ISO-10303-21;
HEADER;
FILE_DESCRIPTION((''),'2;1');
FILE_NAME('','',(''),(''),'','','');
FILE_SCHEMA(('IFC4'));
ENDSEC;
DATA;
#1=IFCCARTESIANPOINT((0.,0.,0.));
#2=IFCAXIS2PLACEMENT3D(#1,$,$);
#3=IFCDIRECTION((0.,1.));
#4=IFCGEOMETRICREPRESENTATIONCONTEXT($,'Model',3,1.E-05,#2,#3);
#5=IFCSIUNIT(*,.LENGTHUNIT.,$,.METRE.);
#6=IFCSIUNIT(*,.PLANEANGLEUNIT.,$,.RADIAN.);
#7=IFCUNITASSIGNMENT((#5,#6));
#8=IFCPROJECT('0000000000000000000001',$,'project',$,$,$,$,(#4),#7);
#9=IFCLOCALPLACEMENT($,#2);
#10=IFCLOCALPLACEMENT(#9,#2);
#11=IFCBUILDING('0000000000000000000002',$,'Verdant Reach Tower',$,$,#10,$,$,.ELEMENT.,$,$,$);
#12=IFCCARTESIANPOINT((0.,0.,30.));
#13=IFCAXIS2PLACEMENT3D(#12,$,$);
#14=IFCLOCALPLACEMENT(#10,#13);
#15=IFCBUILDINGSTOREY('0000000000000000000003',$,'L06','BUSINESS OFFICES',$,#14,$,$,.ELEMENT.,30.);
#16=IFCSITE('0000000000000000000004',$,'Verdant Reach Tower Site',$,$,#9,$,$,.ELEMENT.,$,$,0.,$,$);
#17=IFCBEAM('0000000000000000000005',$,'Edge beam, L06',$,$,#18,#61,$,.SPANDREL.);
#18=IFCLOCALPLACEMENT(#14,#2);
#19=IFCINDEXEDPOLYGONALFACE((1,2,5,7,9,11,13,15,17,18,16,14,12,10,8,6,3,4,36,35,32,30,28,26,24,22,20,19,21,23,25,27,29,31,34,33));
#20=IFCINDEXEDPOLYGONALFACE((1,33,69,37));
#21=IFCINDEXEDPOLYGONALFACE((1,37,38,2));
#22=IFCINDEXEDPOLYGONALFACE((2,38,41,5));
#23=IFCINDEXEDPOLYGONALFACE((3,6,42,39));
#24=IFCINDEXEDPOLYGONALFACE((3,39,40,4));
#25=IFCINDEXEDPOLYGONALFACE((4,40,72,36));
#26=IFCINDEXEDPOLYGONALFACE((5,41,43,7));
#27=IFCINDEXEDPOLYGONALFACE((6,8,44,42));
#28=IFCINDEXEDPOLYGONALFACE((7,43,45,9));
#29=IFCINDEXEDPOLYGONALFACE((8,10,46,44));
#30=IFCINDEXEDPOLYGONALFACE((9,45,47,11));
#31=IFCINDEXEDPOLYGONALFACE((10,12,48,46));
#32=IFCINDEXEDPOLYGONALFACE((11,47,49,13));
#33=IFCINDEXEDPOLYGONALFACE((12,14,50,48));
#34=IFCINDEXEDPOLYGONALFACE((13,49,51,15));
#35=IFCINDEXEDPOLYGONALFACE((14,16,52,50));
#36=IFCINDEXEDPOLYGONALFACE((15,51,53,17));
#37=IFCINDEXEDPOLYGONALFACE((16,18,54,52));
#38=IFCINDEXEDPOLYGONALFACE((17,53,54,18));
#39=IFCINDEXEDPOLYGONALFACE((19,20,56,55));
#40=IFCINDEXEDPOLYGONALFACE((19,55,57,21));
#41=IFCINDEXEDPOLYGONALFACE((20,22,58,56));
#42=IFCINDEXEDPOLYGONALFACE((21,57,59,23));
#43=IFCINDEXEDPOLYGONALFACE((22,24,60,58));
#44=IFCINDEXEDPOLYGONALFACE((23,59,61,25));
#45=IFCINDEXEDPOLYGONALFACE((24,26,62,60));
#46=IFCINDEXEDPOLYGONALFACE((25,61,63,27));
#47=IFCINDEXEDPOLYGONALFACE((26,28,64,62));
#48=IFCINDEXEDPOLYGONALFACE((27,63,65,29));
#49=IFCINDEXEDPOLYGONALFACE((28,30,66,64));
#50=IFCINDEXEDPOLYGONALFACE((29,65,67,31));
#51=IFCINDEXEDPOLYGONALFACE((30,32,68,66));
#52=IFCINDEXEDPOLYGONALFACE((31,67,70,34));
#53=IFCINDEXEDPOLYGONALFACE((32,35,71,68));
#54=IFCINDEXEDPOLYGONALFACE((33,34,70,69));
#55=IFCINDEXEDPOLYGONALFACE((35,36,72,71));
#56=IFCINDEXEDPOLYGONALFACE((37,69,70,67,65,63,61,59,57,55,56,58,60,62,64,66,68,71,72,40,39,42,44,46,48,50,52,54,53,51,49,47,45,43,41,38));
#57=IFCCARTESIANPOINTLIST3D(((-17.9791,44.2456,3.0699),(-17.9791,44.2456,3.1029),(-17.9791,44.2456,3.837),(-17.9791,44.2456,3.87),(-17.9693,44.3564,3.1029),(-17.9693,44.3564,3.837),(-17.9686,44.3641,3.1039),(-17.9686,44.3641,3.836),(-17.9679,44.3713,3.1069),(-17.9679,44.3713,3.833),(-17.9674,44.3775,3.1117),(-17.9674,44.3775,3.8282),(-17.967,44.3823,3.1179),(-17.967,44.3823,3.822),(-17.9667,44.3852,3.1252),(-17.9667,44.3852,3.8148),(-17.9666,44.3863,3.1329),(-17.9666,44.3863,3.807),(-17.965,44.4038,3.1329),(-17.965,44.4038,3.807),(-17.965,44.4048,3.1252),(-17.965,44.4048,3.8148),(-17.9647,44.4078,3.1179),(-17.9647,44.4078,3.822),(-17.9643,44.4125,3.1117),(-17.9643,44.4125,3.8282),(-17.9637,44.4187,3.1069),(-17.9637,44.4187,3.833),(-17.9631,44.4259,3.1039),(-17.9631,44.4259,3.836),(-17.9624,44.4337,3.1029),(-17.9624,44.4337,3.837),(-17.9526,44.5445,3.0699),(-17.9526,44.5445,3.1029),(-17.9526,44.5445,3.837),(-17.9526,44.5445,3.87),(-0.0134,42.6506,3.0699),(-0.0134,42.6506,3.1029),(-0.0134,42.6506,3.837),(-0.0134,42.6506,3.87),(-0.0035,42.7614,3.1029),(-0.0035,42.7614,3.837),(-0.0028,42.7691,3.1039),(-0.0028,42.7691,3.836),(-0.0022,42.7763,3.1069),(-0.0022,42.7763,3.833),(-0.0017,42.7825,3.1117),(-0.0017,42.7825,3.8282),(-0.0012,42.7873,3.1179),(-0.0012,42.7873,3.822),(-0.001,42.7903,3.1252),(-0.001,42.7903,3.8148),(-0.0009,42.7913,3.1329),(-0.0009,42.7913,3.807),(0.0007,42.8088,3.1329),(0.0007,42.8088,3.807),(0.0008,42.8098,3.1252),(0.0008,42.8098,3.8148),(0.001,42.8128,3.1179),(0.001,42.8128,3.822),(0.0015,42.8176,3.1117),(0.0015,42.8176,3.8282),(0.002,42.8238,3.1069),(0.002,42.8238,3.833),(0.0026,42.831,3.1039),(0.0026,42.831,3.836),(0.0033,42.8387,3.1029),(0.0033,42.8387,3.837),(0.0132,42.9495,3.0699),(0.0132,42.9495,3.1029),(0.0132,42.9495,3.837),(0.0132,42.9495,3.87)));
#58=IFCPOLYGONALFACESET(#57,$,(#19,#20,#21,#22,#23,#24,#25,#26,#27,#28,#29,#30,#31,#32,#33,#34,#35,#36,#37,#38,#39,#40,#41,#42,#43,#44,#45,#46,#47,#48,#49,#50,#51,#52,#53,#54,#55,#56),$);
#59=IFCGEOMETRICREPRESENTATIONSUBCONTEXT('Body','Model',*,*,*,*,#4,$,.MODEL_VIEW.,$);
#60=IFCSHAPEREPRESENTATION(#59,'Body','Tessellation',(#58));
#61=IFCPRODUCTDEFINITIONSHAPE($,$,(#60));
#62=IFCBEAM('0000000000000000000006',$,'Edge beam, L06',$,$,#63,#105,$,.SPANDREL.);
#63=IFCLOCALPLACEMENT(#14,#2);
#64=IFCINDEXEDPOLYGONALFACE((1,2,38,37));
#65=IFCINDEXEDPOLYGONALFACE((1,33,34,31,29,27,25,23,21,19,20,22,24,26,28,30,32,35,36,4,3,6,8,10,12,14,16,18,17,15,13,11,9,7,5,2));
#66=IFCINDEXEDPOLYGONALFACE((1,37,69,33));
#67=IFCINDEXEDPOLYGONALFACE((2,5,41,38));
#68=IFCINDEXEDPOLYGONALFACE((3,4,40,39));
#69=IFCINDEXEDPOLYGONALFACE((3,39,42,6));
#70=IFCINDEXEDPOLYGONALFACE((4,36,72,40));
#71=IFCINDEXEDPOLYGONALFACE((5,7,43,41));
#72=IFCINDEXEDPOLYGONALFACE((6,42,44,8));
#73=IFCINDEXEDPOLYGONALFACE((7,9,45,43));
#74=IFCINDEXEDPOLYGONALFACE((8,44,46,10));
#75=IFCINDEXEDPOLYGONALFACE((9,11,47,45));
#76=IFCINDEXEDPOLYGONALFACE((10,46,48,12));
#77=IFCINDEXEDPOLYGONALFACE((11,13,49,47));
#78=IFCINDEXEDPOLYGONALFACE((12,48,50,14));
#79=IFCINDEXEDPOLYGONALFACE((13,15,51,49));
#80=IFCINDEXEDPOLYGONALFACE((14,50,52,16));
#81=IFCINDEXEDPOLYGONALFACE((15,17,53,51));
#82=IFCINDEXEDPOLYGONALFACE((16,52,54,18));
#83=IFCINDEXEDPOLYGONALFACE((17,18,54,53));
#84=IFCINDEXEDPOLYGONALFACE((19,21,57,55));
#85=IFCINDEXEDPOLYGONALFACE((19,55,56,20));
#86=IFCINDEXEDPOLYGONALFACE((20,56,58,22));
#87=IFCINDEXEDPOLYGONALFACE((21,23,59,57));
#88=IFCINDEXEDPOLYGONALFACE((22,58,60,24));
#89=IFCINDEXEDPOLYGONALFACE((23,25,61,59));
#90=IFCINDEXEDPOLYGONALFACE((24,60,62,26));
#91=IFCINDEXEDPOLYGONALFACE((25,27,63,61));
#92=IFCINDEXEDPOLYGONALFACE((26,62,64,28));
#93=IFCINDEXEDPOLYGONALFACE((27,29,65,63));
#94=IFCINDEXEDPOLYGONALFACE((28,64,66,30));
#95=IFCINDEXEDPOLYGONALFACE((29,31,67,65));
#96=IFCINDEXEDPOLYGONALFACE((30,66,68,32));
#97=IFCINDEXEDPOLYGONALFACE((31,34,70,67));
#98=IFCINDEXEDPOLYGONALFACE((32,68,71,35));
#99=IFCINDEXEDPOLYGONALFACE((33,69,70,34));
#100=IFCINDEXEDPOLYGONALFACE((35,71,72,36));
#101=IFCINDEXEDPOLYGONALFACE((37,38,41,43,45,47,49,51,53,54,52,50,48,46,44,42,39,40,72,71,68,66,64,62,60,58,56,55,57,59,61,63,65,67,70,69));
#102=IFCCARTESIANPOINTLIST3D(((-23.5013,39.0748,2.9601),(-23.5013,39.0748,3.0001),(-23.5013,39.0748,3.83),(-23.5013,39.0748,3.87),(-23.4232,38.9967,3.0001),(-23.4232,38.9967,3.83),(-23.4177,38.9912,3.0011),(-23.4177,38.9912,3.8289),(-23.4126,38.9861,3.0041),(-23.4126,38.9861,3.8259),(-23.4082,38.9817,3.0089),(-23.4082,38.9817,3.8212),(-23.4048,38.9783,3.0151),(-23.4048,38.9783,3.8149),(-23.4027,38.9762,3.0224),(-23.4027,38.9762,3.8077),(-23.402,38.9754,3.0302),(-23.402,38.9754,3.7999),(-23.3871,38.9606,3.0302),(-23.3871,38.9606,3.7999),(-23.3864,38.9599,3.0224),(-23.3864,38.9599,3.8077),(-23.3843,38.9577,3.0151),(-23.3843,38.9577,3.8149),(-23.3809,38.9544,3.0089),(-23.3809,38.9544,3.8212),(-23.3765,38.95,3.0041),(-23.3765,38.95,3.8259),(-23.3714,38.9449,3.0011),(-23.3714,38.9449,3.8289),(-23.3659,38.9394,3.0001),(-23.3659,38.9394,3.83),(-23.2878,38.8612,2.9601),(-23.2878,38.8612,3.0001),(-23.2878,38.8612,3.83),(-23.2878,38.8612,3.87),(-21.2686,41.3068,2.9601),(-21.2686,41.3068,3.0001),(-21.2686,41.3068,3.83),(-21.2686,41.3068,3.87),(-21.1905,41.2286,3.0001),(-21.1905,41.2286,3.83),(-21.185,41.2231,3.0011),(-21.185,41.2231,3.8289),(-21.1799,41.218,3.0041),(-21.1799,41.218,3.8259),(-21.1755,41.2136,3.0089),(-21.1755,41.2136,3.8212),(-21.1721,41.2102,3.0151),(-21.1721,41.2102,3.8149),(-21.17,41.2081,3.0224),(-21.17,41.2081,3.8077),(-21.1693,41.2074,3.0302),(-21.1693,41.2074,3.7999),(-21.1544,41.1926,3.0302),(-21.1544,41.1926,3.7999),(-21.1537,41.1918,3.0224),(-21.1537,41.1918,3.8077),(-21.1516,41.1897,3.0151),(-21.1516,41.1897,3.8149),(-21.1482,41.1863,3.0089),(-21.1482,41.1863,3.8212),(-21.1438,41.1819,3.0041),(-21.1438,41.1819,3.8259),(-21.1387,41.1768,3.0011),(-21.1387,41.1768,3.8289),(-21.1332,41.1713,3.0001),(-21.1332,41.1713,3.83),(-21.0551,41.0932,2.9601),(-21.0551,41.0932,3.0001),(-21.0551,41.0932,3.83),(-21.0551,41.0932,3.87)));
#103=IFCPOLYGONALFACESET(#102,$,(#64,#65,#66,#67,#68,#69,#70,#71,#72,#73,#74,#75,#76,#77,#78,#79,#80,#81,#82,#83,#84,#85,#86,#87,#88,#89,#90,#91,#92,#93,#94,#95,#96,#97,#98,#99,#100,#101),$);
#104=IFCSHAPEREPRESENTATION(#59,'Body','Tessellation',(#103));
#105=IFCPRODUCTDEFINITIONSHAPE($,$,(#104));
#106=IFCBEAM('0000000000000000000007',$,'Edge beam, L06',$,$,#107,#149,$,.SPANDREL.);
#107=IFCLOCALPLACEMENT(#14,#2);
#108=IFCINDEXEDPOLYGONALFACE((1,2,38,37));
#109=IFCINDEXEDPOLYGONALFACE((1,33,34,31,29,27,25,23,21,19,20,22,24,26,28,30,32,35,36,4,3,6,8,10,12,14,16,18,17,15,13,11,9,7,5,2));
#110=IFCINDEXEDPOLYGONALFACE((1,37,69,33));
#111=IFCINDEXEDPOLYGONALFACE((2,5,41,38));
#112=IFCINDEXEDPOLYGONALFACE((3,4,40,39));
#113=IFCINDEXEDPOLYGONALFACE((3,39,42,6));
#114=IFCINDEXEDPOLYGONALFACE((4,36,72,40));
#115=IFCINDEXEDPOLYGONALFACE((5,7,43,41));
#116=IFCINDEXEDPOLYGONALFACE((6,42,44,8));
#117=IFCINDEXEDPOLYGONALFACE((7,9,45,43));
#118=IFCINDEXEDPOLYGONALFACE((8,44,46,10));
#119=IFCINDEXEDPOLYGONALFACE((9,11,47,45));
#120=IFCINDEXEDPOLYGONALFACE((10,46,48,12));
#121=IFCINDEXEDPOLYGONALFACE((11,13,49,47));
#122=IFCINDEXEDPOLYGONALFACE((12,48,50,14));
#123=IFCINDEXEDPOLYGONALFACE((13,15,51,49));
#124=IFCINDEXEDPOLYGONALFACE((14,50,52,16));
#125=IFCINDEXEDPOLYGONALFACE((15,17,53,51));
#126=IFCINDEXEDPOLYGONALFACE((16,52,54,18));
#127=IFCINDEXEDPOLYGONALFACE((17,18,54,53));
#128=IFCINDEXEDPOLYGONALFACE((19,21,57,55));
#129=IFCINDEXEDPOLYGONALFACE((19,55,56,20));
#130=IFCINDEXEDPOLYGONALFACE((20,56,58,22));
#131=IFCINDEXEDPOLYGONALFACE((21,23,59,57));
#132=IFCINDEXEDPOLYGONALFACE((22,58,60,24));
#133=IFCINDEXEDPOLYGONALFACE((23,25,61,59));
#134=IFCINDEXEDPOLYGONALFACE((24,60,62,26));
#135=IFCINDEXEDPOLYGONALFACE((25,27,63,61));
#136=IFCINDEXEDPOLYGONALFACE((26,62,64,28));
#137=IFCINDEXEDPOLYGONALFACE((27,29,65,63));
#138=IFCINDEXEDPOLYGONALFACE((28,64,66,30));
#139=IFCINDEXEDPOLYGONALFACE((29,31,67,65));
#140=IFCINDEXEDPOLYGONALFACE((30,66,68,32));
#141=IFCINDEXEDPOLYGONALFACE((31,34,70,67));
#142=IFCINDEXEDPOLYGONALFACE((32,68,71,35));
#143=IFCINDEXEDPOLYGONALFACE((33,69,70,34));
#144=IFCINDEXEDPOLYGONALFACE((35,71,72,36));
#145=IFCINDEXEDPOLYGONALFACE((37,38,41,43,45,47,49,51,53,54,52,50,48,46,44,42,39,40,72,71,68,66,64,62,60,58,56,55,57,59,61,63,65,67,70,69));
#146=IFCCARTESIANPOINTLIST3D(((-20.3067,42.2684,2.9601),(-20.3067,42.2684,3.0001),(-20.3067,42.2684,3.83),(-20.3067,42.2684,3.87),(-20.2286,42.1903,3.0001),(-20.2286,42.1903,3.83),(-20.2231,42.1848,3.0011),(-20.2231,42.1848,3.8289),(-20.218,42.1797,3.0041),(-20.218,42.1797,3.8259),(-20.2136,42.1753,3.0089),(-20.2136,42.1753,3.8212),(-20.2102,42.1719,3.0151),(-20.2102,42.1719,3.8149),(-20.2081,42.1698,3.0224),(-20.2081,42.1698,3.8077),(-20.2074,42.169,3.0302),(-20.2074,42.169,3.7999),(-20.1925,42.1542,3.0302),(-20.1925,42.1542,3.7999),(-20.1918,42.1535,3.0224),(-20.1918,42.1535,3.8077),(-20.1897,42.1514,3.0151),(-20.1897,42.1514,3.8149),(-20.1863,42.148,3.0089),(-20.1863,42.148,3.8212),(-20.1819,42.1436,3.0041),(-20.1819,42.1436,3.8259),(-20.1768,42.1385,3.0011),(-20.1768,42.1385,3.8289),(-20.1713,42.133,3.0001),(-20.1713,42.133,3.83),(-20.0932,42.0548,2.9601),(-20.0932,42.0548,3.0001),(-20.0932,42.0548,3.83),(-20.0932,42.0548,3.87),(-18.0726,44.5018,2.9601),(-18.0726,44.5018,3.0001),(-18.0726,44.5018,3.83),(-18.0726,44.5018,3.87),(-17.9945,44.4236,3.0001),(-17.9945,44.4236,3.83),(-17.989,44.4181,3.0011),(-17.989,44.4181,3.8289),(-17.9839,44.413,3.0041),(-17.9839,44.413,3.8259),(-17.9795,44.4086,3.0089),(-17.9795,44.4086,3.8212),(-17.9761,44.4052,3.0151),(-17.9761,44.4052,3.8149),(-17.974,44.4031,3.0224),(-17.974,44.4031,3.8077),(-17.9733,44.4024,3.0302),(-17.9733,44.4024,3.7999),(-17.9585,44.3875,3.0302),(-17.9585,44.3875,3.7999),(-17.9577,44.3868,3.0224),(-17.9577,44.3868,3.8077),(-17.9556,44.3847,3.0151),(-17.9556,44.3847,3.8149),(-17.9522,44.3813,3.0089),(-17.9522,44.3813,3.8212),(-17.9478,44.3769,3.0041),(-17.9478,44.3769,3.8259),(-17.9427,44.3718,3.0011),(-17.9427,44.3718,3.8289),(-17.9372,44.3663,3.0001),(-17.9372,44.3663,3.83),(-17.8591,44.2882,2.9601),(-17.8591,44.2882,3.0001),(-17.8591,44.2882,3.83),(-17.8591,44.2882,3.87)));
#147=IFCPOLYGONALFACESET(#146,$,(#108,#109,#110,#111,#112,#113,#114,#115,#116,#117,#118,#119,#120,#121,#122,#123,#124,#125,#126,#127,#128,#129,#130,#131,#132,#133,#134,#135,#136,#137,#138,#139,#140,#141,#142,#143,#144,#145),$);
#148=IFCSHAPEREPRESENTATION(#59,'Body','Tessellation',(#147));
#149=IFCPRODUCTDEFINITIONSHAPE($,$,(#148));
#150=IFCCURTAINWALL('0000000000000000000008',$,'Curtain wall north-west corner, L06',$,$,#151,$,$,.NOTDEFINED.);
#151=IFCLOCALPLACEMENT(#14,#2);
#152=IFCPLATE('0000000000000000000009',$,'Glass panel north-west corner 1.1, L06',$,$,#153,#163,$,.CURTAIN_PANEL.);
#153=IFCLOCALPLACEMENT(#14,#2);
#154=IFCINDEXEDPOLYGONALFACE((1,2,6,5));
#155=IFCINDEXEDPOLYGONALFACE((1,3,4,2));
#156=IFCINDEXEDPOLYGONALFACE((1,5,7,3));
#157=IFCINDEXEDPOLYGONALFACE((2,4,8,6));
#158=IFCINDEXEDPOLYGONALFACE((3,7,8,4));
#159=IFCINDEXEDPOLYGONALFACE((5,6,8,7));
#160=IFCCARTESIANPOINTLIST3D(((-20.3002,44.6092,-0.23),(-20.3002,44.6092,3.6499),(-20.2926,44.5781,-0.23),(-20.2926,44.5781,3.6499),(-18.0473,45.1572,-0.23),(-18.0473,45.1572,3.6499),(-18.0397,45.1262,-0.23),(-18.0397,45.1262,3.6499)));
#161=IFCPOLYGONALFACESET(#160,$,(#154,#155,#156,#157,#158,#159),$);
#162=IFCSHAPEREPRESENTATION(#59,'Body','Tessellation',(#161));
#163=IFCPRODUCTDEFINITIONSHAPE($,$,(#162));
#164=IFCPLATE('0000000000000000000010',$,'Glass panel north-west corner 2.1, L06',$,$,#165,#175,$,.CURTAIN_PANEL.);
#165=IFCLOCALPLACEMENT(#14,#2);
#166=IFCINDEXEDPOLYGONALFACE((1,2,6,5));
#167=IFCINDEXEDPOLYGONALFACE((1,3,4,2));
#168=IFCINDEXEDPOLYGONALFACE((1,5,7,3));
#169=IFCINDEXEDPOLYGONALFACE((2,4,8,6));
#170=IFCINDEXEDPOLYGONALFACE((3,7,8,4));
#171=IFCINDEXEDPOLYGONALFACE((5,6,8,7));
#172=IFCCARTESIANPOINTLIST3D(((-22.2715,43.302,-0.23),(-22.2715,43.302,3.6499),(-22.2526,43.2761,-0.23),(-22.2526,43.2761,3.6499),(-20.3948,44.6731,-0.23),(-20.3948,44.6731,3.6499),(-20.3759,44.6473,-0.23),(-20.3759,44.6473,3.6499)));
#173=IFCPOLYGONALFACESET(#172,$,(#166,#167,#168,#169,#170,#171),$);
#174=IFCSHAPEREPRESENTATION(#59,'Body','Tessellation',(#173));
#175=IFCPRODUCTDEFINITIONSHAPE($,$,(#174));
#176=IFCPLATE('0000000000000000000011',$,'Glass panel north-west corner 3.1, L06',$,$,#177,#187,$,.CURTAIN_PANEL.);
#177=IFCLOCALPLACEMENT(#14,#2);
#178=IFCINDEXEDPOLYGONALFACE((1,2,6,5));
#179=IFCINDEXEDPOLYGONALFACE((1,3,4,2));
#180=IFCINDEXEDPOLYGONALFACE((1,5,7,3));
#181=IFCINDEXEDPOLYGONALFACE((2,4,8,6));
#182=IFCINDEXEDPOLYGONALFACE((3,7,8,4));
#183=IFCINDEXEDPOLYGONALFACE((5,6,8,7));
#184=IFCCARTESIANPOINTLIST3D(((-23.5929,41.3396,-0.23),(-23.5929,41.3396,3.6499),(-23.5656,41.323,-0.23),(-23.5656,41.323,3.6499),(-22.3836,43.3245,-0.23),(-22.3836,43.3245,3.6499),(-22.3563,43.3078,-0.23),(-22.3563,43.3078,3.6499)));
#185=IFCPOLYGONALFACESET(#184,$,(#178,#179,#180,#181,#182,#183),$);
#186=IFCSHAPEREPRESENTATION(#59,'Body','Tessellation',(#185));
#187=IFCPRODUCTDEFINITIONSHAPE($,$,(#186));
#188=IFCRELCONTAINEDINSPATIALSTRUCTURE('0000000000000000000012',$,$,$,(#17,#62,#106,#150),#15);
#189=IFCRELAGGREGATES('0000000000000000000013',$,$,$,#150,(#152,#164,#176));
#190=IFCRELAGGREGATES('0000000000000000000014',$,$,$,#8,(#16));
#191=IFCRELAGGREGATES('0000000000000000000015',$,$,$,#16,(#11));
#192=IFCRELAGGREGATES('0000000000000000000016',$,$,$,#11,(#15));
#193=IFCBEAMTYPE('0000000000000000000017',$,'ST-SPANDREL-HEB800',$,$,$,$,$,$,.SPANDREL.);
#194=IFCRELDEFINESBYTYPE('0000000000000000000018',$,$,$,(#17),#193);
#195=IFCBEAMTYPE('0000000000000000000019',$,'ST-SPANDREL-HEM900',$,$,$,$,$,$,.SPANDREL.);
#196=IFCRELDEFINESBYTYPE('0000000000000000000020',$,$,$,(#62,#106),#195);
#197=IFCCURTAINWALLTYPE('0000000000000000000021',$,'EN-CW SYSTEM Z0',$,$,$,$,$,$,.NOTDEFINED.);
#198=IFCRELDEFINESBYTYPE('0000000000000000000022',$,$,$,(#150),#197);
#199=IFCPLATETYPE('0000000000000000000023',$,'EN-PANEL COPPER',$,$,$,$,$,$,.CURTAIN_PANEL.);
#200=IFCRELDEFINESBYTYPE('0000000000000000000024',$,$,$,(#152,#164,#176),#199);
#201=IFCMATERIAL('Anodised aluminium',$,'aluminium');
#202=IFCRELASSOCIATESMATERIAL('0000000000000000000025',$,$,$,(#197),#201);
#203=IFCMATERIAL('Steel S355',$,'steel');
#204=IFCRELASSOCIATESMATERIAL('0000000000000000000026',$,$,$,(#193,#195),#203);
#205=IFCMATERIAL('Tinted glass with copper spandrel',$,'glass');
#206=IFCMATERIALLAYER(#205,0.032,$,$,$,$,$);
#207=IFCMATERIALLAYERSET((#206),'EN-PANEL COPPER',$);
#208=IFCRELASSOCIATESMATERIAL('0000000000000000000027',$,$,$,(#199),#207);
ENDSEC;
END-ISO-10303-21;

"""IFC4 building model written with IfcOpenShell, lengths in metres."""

from ifc_helpers import new_model, si_unit, direction, frame, origin, origin_2d, place, context, subcontext, project, spatial, rectangle, i_section, extrude, material, layer, layer_set, material_profile, profile_set, type_object, element, aggregate, save


model = new_model("IFC4")

# Units and contexts
model_context = context("Model", 3, precision=1e-05, world=origin(), true_north=direction((0.0, 1.0)))
body_context = subcontext(model_context, "Body", "Model", "MODEL_VIEW")
ifc_project = project(units=[si_unit("LENGTHUNIT", "METRE"), si_unit("PLANEANGLEUNIT", "RADIAN")], contexts=[model_context])

# Site, building, storey
site_placement = place(None, origin())
site = spatial("IfcSite", under=ifc_project, at=site_placement, Name="Verdant Reach Tower Site", CompositionType="ELEMENT", RefElevation=0.0)
building_placement = place(site_placement, origin())
building = spatial("IfcBuilding", under=site, at=building_placement, Name="Verdant Reach Tower", CompositionType="ELEMENT")
storey_placement = place(building_placement, frame((0.0, 0.0, 30.0)))
storey = spatial("IfcBuildingStorey", under=building, at=storey_placement, Name="L06", Description="BUSINESS OFFICES", CompositionType="ELEMENT", Elevation=30.0)

# Shared definitions
ifc_material_1 = material(Name="Anodised aluminium", Category="aluminium")
curtain_wall_type = type_object("IfcCurtainWallType", Name="EN-CW SYSTEM Z0", PredefinedType="NOTDEFINED", material=ifc_material_1)

# Beams
ifc_material_2 = material(Name="Steel S355", Category="steel")
ifc_material_profile_1 = material_profile(ifc_material_2, i_section(OverallWidth=0.3, OverallDepth=0.8, WebThickness=0.0176, FlangeThickness=0.033, FilletRadius=0.03, at=origin_2d()), Name="HEB 800")
ifc_profile_set_1 = profile_set([ifc_material_profile_1], Name="Steel S355")
beam_type_1 = type_object("IfcBeamType", Name="ST-SPANDREL-HEB800", PredefinedType="SPANDREL", material=ifc_profile_set_1)
beam_1_placement = place(storey_placement, frame((-17.9658, 44.395, 3.47), z_axis=(0.996082, -0.08843, 0.0), x_axis=(0.08843, 0.996082, 0.0)))
element("IfcBeam", 1, at=beam_1_placement, inside=storey, type_object=beam_type_1, Name="Edge beam, L06", PredefinedType="SPANDREL", context=body_context, shape_type="SweptSolid", body=[
    extrude(i_section(OverallWidth=0.3, OverallDepth=0.8, WebThickness=0.0176, FlangeThickness=0.033, FilletRadius=0.03, at=origin_2d()), origin(), (0.0, 0.0, 1.0), 18.0364),
])
ifc_material_profile_2 = material_profile(ifc_material_2, i_section(OverallWidth=0.302, OverallDepth=0.9099, WebThickness=0.021, FlangeThickness=0.04, FilletRadius=0.03, at=origin_2d()), Name="HEM 900")
ifc_profile_set_2 = profile_set([ifc_material_profile_2], Name="Steel S355")
beam_type_2 = type_object("IfcBeamType", Name="ST-SPANDREL-HEM900", PredefinedType="SPANDREL", material=ifc_profile_set_2)
beam_2_placement = place(storey_placement, frame((-23.3945, 38.968, 3.415), z_axis=(0.707223, 0.706991, 0.0), x_axis=(-0.706991, 0.707223, 0.0)))
element("IfcBeam", 2, at=beam_2_placement, inside=storey, type_object=beam_type_2, Name="Edge beam, L06", PredefinedType="SPANDREL", context=body_context, shape_type="SweptSolid", body=[
    extrude(i_section(OverallWidth=0.302, OverallDepth=0.9099, WebThickness=0.021, FlangeThickness=0.04, FilletRadius=0.03, at=origin_2d()), origin(), (0.0, 0.0, 1.0), 3.157),
])
beam_3_placement = place(storey_placement, frame((-20.2, 42.1616, 3.415), z_axis=(0.707223, 0.706991, 0.0), x_axis=(-0.706991, 0.707223, 0.0)))
element("IfcBeam", 3, at=beam_3_placement, inside=storey, type_object=beam_type_2, Name="Edge beam, L06", PredefinedType="SPANDREL", context=body_context, shape_type="SweptSolid", body=[
    extrude(i_section(OverallWidth=0.302, OverallDepth=0.9099, WebThickness=0.021, FlangeThickness=0.04, FilletRadius=0.03, at=origin_2d()), origin(), (0.0, 0.0, 1.0), 3.1589),
])

# Curtain wall, plates
curtain_wall_1_placement = place(storey_placement, origin())
curtain_wall_1 = element("IfcCurtainWall", 4, at=curtain_wall_1_placement, inside=storey, type_object=curtain_wall_type, Name="Curtain wall north-west corner, L06", PredefinedType="NOTDEFINED")
ifc_material_3 = material(Name="Tinted glass with copper spandrel", Category="glass")
ifc_layer_1 = layer(ifc_material_3, 0.032)
ifc_layer_set_1 = layer_set([ifc_layer_1], Name="EN-PANEL COPPER")
plate_type_1 = type_object("IfcPlateType", Name="EN-PANEL COPPER", PredefinedType="CURTAIN_PANEL", material=ifc_layer_set_1)
plate_1_placement = place(storey_placement, frame((-19.1699, 44.8677, -0.23), z_axis=(0.0, 0.0, 1.0), x_axis=(-0.971663, -0.236369, 0.0)))
plate_1 = element("IfcPlate", 5, at=plate_1_placement, type_object=plate_type_1, Name="Glass panel north-west corner 1.1, L06", PredefinedType="CURTAIN_PANEL", context=body_context, shape_type="SweptSolid", body=[
    extrude(rectangle(XDim=2.3186, YDim=0.032, at=origin_2d()), origin(), (0.0, 0.0, 1.0), 3.8799),
])
plate_2_placement = place(storey_placement, frame((-21.3237, 43.9746, -0.23), z_axis=(0.0, 0.0, 1.0), x_axis=(-0.807457, -0.589927, 0.0)))
plate_2 = element("IfcPlate", 6, at=plate_2_placement, type_object=plate_type_1, Name="Glass panel north-west corner 2.1, L06", PredefinedType="CURTAIN_PANEL", context=body_context, shape_type="SweptSolid", body=[
    extrude(rectangle(XDim=2.3242, YDim=0.032, at=origin_2d()), origin(), (0.0, 0.0, 1.0), 3.8799),
])
plate_3_placement = place(storey_placement, frame((-22.9746, 42.3237, -0.23), z_axis=(0.0, 0.0, 1.0), x_axis=(-0.520292, -0.853989, 0.0)))
plate_3 = element("IfcPlate", 7, at=plate_3_placement, type_object=plate_type_1, Name="Glass panel north-west corner 3.1, L06", PredefinedType="CURTAIN_PANEL", context=body_context, shape_type="SweptSolid", body=[
    extrude(rectangle(XDim=2.3242, YDim=0.032, at=origin_2d()), origin(), (0.0, 0.0, 1.0), 3.8799),
])

aggregate(curtain_wall_1, [plate_1, plate_2, plate_3])

save(model, "model.ifc")
